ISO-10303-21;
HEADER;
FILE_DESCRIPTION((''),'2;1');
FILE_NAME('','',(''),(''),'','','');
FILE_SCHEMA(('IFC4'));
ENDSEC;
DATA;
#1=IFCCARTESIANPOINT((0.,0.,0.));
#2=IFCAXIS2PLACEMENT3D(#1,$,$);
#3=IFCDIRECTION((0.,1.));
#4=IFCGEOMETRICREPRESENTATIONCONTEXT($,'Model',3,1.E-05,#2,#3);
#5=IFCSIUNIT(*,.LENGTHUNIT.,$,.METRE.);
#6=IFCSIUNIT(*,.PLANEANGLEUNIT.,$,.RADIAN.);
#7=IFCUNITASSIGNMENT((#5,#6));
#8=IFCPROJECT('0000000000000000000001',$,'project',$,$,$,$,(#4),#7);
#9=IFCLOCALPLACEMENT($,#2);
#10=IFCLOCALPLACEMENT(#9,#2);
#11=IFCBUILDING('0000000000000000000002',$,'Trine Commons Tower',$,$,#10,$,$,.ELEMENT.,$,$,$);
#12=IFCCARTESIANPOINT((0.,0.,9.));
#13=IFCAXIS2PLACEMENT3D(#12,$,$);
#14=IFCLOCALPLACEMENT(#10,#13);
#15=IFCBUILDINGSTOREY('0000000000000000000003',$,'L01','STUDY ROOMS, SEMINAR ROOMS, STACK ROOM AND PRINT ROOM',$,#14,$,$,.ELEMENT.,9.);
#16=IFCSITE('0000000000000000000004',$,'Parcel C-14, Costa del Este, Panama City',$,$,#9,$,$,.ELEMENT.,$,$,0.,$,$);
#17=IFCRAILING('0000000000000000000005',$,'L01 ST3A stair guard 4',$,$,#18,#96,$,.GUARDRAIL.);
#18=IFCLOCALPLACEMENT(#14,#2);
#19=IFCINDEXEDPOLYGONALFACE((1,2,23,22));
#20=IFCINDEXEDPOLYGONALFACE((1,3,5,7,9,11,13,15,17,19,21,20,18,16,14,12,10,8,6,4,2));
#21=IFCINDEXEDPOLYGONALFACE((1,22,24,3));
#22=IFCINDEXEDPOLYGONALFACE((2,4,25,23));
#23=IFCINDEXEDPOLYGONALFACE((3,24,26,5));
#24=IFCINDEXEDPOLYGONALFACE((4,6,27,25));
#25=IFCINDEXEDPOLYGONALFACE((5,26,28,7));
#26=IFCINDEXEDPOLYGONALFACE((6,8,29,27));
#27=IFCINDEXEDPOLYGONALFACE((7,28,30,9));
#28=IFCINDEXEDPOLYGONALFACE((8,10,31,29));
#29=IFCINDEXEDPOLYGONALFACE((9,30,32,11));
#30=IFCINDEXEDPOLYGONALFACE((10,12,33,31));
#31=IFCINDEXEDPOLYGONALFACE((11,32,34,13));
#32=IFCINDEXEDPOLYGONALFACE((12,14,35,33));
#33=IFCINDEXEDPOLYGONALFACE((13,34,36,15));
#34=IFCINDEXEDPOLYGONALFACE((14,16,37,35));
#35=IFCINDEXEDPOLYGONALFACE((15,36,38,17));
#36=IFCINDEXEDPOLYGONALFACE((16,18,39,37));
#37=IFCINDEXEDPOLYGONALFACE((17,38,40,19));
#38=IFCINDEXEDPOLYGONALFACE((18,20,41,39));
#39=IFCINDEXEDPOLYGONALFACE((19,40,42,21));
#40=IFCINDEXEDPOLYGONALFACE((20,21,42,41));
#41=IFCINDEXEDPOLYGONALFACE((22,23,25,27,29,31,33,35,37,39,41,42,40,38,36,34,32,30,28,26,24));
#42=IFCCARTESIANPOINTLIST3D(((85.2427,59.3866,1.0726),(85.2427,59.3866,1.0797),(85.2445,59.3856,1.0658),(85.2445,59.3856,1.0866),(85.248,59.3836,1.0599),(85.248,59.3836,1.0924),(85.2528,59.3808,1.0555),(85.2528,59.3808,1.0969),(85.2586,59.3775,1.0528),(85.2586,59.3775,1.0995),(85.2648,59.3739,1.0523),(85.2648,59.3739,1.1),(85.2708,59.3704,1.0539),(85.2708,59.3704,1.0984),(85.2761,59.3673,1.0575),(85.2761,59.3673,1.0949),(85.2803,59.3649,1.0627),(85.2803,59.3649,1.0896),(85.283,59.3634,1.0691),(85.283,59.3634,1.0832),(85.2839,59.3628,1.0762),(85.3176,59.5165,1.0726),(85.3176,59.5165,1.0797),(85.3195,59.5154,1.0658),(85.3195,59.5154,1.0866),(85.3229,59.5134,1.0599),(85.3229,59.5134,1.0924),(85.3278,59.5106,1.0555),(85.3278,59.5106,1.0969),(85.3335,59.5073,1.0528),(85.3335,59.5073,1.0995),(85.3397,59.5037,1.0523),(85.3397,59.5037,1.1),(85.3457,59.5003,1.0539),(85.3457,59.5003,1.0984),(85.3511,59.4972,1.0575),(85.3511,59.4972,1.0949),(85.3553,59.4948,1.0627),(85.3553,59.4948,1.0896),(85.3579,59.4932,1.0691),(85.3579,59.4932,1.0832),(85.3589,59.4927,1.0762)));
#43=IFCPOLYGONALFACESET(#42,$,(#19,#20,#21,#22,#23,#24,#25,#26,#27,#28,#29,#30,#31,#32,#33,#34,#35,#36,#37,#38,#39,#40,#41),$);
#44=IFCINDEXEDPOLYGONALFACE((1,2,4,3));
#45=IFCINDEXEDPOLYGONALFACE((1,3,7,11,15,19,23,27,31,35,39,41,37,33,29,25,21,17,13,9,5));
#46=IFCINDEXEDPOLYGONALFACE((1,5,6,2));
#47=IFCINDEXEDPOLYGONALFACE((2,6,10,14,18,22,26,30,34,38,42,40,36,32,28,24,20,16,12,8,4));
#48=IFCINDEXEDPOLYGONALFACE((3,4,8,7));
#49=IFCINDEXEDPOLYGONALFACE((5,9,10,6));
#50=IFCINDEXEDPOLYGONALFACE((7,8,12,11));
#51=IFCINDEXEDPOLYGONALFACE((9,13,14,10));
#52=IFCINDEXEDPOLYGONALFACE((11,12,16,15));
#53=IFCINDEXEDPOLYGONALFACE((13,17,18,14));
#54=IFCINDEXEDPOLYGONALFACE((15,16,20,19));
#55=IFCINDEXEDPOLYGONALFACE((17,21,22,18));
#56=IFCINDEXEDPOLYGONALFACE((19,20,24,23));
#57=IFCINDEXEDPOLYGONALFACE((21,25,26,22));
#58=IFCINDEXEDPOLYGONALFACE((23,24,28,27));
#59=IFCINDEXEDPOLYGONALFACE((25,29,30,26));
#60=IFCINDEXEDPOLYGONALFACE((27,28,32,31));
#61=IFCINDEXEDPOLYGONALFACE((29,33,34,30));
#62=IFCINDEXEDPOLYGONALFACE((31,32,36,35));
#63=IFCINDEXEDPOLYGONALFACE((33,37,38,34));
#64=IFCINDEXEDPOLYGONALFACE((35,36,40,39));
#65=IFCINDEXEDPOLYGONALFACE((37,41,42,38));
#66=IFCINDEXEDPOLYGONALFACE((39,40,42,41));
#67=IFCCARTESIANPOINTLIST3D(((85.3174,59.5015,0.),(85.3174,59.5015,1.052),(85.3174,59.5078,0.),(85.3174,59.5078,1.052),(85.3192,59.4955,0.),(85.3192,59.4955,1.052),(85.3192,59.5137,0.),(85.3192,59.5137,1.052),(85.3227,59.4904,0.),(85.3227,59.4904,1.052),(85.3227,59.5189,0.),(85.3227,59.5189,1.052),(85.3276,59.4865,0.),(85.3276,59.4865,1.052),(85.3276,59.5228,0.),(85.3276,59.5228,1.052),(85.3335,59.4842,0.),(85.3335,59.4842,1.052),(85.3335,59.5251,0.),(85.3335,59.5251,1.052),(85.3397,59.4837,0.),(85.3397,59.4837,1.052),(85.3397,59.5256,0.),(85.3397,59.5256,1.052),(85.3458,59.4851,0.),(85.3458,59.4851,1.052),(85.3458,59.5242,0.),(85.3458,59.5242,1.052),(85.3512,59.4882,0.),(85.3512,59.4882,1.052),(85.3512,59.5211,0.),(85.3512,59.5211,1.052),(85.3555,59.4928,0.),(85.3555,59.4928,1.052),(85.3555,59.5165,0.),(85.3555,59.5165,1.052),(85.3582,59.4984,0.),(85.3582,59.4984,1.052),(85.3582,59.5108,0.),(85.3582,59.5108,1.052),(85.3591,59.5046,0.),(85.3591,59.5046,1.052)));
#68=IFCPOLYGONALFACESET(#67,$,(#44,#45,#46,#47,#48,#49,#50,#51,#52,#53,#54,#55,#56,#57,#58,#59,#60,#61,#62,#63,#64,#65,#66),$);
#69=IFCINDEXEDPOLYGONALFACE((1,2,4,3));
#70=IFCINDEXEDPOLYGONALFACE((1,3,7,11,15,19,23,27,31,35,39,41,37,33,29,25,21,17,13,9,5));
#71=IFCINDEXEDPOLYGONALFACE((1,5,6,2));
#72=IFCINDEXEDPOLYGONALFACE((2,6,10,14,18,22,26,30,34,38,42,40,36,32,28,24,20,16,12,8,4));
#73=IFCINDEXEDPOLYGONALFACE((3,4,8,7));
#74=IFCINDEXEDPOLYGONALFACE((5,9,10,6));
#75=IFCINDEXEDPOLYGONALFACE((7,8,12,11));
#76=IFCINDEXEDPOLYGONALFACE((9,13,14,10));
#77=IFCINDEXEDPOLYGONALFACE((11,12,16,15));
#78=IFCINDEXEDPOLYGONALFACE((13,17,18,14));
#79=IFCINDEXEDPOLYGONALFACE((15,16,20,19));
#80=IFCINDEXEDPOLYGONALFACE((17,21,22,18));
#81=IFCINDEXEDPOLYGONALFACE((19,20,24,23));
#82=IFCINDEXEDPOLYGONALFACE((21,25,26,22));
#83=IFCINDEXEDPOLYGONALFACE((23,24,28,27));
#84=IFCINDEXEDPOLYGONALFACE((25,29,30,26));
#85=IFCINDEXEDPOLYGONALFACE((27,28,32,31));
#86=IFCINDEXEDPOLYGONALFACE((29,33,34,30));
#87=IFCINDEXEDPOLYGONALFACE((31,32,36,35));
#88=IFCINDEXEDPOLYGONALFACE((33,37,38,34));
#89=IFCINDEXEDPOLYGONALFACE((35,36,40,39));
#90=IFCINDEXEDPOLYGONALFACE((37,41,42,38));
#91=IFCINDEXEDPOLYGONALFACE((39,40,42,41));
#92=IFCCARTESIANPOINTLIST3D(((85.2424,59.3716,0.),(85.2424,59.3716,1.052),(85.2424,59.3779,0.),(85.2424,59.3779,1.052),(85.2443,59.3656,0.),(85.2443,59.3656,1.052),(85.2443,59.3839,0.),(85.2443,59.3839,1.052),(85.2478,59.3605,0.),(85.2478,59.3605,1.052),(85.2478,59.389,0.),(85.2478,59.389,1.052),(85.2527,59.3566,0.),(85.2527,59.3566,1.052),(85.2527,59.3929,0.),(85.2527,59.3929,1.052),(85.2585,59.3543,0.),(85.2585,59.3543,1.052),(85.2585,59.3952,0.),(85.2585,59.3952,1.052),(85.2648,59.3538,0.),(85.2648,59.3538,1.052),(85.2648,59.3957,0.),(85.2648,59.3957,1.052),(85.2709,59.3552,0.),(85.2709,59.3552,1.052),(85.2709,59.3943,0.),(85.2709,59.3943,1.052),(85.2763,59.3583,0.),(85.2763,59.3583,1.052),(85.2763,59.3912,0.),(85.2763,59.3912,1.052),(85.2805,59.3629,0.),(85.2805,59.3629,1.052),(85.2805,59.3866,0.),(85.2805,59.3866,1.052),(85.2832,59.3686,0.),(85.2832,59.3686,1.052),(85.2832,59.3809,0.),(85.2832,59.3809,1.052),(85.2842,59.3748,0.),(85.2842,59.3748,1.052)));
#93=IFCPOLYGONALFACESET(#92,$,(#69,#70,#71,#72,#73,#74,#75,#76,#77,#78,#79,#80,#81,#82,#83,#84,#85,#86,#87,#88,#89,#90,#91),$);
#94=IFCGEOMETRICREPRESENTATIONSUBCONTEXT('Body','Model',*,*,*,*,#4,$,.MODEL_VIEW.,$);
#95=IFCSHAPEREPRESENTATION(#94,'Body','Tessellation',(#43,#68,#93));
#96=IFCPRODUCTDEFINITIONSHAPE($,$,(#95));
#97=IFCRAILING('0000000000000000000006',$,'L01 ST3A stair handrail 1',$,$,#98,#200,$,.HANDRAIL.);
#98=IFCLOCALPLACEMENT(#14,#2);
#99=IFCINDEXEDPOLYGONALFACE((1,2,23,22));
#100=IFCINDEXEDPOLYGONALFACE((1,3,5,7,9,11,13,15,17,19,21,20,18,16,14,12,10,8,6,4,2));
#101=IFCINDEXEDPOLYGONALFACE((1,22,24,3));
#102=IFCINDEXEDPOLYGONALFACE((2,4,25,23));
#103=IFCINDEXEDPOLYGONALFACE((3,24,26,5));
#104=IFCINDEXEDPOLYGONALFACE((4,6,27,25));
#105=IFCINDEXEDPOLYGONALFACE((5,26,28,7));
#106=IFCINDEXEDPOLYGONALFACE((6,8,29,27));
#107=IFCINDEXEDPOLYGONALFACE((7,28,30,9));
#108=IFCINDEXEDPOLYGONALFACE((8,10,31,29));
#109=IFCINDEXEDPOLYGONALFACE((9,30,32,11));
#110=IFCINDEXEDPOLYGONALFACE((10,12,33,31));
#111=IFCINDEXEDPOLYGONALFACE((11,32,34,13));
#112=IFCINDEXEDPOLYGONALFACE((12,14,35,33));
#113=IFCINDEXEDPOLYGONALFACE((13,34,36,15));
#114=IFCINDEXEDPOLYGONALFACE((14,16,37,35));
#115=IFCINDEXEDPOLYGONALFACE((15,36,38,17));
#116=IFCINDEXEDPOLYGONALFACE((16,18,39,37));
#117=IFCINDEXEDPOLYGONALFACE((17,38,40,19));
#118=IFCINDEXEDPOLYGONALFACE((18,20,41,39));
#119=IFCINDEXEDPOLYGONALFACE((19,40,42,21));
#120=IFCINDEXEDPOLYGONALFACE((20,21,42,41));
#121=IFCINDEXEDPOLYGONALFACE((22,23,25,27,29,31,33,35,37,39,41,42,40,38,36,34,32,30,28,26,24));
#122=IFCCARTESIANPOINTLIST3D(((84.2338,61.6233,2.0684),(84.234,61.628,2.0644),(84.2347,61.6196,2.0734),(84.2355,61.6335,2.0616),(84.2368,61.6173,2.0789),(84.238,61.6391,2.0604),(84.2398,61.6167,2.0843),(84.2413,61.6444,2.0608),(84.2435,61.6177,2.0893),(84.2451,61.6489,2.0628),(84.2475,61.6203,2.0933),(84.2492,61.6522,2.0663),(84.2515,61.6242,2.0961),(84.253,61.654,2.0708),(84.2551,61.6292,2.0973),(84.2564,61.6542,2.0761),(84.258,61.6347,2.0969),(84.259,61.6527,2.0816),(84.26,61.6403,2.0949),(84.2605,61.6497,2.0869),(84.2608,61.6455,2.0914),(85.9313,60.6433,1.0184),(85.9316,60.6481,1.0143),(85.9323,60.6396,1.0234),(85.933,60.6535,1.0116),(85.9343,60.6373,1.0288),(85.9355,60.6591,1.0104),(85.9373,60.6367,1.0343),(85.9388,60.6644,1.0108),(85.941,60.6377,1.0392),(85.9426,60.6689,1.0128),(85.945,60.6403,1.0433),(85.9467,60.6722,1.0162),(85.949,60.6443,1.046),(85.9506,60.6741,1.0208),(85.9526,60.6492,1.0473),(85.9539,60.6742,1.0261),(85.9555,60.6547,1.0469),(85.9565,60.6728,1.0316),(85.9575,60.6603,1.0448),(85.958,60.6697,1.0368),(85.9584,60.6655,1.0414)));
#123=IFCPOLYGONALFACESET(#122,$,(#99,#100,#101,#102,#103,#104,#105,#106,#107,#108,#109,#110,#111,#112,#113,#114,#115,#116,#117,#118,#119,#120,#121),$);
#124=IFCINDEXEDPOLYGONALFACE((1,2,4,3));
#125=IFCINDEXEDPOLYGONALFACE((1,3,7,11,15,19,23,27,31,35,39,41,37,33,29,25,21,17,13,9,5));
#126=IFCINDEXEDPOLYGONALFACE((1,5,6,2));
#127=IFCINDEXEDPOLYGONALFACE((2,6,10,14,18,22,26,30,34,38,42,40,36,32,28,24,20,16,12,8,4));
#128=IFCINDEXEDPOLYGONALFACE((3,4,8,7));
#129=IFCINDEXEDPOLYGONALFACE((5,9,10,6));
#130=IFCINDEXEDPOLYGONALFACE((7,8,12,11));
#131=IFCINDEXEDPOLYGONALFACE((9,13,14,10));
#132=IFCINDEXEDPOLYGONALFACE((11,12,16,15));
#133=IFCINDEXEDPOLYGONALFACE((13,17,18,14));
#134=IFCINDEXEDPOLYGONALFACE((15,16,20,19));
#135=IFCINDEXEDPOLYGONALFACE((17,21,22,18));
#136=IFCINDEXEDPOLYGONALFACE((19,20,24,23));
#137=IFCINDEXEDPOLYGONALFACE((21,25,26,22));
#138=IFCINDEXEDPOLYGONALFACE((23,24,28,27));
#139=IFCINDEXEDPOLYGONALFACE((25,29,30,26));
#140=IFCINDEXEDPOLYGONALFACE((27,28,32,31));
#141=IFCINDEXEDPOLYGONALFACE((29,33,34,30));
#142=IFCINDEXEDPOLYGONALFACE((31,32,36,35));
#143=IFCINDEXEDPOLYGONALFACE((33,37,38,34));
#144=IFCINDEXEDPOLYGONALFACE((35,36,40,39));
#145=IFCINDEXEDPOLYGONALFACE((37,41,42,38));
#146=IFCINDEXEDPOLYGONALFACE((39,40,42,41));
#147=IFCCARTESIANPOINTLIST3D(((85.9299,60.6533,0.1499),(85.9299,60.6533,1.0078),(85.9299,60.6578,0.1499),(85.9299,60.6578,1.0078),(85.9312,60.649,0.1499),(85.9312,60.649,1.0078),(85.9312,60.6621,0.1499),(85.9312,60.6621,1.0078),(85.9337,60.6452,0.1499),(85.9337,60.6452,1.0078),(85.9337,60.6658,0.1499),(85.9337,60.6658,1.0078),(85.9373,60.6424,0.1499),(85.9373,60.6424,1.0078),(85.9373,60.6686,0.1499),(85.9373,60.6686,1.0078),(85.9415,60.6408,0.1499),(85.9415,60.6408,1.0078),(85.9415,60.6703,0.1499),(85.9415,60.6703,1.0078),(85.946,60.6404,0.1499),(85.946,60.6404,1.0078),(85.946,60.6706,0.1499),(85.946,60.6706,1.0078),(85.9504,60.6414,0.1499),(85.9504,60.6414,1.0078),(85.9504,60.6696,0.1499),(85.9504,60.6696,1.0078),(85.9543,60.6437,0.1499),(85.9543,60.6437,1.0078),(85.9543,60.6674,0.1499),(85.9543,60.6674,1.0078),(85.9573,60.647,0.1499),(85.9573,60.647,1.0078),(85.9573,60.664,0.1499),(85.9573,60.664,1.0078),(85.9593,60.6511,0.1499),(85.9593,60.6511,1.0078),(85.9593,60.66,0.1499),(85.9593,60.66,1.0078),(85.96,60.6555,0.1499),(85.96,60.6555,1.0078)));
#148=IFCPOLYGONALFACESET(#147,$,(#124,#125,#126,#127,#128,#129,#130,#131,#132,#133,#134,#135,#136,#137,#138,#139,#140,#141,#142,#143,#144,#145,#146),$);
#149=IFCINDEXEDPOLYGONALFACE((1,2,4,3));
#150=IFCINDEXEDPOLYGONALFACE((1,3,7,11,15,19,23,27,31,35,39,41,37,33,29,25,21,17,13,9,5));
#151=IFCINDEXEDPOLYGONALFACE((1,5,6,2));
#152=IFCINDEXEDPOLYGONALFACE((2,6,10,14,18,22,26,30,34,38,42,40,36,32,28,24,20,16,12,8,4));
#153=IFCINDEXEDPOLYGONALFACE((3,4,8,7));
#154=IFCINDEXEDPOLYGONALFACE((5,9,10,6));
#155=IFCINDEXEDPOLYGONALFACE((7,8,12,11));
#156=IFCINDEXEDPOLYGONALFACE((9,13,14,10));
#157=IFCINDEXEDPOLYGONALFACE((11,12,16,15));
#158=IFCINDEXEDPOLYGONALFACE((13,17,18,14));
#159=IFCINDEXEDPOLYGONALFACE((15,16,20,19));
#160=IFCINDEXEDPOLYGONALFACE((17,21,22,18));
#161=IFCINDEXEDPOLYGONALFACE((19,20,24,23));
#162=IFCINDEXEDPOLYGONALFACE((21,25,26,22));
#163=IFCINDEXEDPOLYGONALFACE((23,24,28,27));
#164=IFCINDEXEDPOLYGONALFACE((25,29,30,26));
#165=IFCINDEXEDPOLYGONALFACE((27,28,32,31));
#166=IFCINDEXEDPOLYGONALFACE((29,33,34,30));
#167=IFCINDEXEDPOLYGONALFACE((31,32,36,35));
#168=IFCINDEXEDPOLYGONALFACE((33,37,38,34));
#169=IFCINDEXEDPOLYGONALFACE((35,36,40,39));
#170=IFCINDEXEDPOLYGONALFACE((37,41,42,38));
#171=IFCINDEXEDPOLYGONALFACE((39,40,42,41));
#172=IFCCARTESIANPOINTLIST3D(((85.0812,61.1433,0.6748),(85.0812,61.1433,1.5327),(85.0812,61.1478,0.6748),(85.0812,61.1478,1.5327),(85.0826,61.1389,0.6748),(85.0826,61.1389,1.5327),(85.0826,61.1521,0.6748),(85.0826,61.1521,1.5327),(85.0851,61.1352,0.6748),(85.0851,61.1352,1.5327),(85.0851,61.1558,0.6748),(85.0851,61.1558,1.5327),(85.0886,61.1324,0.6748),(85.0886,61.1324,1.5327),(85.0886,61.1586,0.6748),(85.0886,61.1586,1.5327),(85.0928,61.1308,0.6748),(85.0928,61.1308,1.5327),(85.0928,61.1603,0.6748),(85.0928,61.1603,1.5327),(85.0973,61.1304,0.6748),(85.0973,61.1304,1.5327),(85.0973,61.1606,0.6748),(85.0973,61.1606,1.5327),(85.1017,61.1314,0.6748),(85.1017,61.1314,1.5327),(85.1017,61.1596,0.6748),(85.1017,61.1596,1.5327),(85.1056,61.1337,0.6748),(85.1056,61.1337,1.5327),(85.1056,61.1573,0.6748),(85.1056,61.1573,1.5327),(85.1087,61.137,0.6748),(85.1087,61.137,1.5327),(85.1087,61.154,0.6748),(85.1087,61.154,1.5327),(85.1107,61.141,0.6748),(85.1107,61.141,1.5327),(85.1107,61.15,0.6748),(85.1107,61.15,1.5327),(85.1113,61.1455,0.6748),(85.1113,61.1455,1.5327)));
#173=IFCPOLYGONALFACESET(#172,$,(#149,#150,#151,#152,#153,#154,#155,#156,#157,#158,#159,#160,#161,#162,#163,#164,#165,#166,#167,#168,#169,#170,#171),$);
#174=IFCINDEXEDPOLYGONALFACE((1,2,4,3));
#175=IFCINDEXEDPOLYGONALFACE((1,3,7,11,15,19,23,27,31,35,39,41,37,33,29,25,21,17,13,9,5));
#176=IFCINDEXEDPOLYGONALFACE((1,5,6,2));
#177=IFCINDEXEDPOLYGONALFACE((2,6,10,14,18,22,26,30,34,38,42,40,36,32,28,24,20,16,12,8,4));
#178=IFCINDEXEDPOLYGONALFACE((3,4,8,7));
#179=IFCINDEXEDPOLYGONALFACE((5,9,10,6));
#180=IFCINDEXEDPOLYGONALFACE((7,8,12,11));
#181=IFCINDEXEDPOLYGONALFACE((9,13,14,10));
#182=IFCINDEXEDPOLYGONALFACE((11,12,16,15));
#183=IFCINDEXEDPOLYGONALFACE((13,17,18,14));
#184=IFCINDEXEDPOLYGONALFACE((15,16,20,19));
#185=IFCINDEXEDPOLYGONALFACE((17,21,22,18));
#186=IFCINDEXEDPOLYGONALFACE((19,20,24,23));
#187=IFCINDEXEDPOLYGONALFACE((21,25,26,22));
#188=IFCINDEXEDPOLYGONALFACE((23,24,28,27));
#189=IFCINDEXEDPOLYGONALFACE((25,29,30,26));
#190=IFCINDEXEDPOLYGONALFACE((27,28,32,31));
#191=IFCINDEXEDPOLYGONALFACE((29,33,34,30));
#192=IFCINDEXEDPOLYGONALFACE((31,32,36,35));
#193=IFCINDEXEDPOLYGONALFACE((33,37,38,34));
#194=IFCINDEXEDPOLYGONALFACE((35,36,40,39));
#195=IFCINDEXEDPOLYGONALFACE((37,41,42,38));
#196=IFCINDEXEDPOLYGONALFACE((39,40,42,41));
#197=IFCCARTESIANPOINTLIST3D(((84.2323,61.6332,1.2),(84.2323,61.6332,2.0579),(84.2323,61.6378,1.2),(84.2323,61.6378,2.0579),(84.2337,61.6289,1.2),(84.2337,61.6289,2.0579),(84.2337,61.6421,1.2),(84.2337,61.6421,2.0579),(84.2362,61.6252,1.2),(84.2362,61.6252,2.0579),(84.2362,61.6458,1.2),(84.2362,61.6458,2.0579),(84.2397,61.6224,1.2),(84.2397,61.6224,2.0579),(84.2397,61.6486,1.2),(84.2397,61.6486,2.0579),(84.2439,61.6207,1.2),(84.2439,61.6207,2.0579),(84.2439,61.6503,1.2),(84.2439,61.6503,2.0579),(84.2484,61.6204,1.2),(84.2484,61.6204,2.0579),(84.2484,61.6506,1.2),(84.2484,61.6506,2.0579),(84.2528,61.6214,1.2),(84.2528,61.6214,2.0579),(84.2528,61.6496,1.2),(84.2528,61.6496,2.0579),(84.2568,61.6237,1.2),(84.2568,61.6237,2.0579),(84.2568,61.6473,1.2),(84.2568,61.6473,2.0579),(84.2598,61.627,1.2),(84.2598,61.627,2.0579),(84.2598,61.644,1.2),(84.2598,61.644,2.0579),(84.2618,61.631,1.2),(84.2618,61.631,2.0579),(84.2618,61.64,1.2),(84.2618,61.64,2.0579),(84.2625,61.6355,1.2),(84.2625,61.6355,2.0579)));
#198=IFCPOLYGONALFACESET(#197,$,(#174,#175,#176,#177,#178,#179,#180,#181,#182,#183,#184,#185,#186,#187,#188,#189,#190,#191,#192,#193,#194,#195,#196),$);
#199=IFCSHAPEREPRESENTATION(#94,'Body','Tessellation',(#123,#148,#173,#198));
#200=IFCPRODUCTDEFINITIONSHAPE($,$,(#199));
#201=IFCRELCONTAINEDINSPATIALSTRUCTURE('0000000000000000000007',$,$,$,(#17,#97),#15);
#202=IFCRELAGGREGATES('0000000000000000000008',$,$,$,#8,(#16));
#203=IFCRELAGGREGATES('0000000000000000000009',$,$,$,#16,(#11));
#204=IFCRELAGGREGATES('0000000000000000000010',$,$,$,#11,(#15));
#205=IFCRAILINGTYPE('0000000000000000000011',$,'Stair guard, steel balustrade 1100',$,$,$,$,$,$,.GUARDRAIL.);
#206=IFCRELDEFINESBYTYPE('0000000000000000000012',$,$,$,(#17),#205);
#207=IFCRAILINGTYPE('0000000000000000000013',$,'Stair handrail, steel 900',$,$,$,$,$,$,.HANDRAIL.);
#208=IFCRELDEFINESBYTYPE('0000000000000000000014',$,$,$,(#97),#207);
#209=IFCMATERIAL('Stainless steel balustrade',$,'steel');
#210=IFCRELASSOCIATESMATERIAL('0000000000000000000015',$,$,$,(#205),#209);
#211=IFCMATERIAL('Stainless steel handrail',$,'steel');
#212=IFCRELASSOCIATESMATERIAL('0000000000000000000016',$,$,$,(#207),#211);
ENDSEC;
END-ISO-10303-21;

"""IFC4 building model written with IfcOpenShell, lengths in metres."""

from ifc_helpers import new_model, si_unit, direction, frame, origin, origin_2d, place, context, subcontext, project, spatial, circle, extrude, material, type_object, element, save


model = new_model("IFC4")

# Units and contexts
model_context = context("Model", 3, precision=1e-05, world=origin(), true_north=direction((0.0, 1.0)))
body_context = subcontext(model_context, "Body", "Model", "MODEL_VIEW")
ifc_project = project(units=[si_unit("LENGTHUNIT", "METRE"), si_unit("PLANEANGLEUNIT", "RADIAN")], contexts=[model_context])

# Site, building, storey
site_placement = place(None, origin())
site = spatial("IfcSite", under=ifc_project, at=site_placement, Name="Parcel C-14, Costa del Este, Panama City", CompositionType="ELEMENT", RefElevation=0.0)
building_placement = place(site_placement, origin())
building = spatial("IfcBuilding", under=site, at=building_placement, Name="Trine Commons Tower", CompositionType="ELEMENT")
storey_placement = place(building_placement, frame((0.0, 0.0, 9.0)))
storey = spatial("IfcBuildingStorey", under=building, at=storey_placement, Name="L01", Description="STUDY ROOMS, SEMINAR ROOMS, STACK ROOM AND PRINT ROOM", CompositionType="ELEMENT", Elevation=9.0)

# Railings
ifc_material_1 = material(Name="Stainless steel balustrade", Category="steel")
railing_type_1 = type_object("IfcRailingType", Name="Stair guard, steel balustrade 1100", PredefinedType="GUARDRAIL", material=ifc_material_1)
railing_1_placement = place(storey_placement, frame((85.3381, 59.5046, 0.0)))
element("IfcRailing", 1, at=railing_1_placement, inside=storey, type_object=railing_type_1, Name="L01 ST3A stair guard 4", PredefinedType="GUARDRAIL", context=body_context, shape_type="SweptSolid", body=[
    extrude(circle(Radius=0.0239, at=origin_2d()), frame((0.0, 0.0, 1.0762), z_axis=(-0.499816, -0.866131, 0.0), x_axis=(0.866131, -0.499816, 0.0)), (0.0, 0.0, 1.0), 0.1499),
    extrude(circle(Radius=0.021, at=origin_2d()), origin(), (0.0, 0.0, 1.0), 1.052),
    extrude(circle(Radius=0.021, at=origin_2d()), frame((-0.075, -0.1299, 0.0)), (0.0, 0.0, 1.0), 1.052),
])
ifc_material_2 = material(Name="Stainless steel handrail", Category="steel")
railing_type_2 = type_object("IfcRailingType", Name="Stair handrail, steel 900", PredefinedType="HANDRAIL", material=ifc_material_2)
railing_2_placement = place(storey_placement, frame((85.9448, 60.6555, 0.1499)))
element("IfcRailing", 2, at=railing_2_placement, inside=storey, type_object=railing_type_2, Name="L01 ST3A stair handrail 1", PredefinedType="HANDRAIL", context=body_context, shape_type="SweptSolid", body=[
    extrude(circle(Radius=0.021, at=origin_2d()), frame((0.0, 0.0, 0.8789), z_axis=(-0.763398, 0.440713, 0.472224), x_axis=(-0.49997, -0.866042, 0.0)), (0.0, 0.0, 1.0), 2.2236),
    extrude(circle(Radius=0.0151, at=origin_2d()), origin(), (0.0, 0.0, 1.0), 0.8579),
    extrude(circle(Radius=0.0151, at=origin_2d()), frame((-0.8486, 0.49, 0.5249)), (0.0, 0.0, 1.0), 0.8579),
    extrude(circle(Radius=0.0151, at=origin_2d()), frame((-1.6975, 0.98, 1.05)), (0.0, 0.0, 1.0), 0.8579),
])

save(model, "model.ifc")
